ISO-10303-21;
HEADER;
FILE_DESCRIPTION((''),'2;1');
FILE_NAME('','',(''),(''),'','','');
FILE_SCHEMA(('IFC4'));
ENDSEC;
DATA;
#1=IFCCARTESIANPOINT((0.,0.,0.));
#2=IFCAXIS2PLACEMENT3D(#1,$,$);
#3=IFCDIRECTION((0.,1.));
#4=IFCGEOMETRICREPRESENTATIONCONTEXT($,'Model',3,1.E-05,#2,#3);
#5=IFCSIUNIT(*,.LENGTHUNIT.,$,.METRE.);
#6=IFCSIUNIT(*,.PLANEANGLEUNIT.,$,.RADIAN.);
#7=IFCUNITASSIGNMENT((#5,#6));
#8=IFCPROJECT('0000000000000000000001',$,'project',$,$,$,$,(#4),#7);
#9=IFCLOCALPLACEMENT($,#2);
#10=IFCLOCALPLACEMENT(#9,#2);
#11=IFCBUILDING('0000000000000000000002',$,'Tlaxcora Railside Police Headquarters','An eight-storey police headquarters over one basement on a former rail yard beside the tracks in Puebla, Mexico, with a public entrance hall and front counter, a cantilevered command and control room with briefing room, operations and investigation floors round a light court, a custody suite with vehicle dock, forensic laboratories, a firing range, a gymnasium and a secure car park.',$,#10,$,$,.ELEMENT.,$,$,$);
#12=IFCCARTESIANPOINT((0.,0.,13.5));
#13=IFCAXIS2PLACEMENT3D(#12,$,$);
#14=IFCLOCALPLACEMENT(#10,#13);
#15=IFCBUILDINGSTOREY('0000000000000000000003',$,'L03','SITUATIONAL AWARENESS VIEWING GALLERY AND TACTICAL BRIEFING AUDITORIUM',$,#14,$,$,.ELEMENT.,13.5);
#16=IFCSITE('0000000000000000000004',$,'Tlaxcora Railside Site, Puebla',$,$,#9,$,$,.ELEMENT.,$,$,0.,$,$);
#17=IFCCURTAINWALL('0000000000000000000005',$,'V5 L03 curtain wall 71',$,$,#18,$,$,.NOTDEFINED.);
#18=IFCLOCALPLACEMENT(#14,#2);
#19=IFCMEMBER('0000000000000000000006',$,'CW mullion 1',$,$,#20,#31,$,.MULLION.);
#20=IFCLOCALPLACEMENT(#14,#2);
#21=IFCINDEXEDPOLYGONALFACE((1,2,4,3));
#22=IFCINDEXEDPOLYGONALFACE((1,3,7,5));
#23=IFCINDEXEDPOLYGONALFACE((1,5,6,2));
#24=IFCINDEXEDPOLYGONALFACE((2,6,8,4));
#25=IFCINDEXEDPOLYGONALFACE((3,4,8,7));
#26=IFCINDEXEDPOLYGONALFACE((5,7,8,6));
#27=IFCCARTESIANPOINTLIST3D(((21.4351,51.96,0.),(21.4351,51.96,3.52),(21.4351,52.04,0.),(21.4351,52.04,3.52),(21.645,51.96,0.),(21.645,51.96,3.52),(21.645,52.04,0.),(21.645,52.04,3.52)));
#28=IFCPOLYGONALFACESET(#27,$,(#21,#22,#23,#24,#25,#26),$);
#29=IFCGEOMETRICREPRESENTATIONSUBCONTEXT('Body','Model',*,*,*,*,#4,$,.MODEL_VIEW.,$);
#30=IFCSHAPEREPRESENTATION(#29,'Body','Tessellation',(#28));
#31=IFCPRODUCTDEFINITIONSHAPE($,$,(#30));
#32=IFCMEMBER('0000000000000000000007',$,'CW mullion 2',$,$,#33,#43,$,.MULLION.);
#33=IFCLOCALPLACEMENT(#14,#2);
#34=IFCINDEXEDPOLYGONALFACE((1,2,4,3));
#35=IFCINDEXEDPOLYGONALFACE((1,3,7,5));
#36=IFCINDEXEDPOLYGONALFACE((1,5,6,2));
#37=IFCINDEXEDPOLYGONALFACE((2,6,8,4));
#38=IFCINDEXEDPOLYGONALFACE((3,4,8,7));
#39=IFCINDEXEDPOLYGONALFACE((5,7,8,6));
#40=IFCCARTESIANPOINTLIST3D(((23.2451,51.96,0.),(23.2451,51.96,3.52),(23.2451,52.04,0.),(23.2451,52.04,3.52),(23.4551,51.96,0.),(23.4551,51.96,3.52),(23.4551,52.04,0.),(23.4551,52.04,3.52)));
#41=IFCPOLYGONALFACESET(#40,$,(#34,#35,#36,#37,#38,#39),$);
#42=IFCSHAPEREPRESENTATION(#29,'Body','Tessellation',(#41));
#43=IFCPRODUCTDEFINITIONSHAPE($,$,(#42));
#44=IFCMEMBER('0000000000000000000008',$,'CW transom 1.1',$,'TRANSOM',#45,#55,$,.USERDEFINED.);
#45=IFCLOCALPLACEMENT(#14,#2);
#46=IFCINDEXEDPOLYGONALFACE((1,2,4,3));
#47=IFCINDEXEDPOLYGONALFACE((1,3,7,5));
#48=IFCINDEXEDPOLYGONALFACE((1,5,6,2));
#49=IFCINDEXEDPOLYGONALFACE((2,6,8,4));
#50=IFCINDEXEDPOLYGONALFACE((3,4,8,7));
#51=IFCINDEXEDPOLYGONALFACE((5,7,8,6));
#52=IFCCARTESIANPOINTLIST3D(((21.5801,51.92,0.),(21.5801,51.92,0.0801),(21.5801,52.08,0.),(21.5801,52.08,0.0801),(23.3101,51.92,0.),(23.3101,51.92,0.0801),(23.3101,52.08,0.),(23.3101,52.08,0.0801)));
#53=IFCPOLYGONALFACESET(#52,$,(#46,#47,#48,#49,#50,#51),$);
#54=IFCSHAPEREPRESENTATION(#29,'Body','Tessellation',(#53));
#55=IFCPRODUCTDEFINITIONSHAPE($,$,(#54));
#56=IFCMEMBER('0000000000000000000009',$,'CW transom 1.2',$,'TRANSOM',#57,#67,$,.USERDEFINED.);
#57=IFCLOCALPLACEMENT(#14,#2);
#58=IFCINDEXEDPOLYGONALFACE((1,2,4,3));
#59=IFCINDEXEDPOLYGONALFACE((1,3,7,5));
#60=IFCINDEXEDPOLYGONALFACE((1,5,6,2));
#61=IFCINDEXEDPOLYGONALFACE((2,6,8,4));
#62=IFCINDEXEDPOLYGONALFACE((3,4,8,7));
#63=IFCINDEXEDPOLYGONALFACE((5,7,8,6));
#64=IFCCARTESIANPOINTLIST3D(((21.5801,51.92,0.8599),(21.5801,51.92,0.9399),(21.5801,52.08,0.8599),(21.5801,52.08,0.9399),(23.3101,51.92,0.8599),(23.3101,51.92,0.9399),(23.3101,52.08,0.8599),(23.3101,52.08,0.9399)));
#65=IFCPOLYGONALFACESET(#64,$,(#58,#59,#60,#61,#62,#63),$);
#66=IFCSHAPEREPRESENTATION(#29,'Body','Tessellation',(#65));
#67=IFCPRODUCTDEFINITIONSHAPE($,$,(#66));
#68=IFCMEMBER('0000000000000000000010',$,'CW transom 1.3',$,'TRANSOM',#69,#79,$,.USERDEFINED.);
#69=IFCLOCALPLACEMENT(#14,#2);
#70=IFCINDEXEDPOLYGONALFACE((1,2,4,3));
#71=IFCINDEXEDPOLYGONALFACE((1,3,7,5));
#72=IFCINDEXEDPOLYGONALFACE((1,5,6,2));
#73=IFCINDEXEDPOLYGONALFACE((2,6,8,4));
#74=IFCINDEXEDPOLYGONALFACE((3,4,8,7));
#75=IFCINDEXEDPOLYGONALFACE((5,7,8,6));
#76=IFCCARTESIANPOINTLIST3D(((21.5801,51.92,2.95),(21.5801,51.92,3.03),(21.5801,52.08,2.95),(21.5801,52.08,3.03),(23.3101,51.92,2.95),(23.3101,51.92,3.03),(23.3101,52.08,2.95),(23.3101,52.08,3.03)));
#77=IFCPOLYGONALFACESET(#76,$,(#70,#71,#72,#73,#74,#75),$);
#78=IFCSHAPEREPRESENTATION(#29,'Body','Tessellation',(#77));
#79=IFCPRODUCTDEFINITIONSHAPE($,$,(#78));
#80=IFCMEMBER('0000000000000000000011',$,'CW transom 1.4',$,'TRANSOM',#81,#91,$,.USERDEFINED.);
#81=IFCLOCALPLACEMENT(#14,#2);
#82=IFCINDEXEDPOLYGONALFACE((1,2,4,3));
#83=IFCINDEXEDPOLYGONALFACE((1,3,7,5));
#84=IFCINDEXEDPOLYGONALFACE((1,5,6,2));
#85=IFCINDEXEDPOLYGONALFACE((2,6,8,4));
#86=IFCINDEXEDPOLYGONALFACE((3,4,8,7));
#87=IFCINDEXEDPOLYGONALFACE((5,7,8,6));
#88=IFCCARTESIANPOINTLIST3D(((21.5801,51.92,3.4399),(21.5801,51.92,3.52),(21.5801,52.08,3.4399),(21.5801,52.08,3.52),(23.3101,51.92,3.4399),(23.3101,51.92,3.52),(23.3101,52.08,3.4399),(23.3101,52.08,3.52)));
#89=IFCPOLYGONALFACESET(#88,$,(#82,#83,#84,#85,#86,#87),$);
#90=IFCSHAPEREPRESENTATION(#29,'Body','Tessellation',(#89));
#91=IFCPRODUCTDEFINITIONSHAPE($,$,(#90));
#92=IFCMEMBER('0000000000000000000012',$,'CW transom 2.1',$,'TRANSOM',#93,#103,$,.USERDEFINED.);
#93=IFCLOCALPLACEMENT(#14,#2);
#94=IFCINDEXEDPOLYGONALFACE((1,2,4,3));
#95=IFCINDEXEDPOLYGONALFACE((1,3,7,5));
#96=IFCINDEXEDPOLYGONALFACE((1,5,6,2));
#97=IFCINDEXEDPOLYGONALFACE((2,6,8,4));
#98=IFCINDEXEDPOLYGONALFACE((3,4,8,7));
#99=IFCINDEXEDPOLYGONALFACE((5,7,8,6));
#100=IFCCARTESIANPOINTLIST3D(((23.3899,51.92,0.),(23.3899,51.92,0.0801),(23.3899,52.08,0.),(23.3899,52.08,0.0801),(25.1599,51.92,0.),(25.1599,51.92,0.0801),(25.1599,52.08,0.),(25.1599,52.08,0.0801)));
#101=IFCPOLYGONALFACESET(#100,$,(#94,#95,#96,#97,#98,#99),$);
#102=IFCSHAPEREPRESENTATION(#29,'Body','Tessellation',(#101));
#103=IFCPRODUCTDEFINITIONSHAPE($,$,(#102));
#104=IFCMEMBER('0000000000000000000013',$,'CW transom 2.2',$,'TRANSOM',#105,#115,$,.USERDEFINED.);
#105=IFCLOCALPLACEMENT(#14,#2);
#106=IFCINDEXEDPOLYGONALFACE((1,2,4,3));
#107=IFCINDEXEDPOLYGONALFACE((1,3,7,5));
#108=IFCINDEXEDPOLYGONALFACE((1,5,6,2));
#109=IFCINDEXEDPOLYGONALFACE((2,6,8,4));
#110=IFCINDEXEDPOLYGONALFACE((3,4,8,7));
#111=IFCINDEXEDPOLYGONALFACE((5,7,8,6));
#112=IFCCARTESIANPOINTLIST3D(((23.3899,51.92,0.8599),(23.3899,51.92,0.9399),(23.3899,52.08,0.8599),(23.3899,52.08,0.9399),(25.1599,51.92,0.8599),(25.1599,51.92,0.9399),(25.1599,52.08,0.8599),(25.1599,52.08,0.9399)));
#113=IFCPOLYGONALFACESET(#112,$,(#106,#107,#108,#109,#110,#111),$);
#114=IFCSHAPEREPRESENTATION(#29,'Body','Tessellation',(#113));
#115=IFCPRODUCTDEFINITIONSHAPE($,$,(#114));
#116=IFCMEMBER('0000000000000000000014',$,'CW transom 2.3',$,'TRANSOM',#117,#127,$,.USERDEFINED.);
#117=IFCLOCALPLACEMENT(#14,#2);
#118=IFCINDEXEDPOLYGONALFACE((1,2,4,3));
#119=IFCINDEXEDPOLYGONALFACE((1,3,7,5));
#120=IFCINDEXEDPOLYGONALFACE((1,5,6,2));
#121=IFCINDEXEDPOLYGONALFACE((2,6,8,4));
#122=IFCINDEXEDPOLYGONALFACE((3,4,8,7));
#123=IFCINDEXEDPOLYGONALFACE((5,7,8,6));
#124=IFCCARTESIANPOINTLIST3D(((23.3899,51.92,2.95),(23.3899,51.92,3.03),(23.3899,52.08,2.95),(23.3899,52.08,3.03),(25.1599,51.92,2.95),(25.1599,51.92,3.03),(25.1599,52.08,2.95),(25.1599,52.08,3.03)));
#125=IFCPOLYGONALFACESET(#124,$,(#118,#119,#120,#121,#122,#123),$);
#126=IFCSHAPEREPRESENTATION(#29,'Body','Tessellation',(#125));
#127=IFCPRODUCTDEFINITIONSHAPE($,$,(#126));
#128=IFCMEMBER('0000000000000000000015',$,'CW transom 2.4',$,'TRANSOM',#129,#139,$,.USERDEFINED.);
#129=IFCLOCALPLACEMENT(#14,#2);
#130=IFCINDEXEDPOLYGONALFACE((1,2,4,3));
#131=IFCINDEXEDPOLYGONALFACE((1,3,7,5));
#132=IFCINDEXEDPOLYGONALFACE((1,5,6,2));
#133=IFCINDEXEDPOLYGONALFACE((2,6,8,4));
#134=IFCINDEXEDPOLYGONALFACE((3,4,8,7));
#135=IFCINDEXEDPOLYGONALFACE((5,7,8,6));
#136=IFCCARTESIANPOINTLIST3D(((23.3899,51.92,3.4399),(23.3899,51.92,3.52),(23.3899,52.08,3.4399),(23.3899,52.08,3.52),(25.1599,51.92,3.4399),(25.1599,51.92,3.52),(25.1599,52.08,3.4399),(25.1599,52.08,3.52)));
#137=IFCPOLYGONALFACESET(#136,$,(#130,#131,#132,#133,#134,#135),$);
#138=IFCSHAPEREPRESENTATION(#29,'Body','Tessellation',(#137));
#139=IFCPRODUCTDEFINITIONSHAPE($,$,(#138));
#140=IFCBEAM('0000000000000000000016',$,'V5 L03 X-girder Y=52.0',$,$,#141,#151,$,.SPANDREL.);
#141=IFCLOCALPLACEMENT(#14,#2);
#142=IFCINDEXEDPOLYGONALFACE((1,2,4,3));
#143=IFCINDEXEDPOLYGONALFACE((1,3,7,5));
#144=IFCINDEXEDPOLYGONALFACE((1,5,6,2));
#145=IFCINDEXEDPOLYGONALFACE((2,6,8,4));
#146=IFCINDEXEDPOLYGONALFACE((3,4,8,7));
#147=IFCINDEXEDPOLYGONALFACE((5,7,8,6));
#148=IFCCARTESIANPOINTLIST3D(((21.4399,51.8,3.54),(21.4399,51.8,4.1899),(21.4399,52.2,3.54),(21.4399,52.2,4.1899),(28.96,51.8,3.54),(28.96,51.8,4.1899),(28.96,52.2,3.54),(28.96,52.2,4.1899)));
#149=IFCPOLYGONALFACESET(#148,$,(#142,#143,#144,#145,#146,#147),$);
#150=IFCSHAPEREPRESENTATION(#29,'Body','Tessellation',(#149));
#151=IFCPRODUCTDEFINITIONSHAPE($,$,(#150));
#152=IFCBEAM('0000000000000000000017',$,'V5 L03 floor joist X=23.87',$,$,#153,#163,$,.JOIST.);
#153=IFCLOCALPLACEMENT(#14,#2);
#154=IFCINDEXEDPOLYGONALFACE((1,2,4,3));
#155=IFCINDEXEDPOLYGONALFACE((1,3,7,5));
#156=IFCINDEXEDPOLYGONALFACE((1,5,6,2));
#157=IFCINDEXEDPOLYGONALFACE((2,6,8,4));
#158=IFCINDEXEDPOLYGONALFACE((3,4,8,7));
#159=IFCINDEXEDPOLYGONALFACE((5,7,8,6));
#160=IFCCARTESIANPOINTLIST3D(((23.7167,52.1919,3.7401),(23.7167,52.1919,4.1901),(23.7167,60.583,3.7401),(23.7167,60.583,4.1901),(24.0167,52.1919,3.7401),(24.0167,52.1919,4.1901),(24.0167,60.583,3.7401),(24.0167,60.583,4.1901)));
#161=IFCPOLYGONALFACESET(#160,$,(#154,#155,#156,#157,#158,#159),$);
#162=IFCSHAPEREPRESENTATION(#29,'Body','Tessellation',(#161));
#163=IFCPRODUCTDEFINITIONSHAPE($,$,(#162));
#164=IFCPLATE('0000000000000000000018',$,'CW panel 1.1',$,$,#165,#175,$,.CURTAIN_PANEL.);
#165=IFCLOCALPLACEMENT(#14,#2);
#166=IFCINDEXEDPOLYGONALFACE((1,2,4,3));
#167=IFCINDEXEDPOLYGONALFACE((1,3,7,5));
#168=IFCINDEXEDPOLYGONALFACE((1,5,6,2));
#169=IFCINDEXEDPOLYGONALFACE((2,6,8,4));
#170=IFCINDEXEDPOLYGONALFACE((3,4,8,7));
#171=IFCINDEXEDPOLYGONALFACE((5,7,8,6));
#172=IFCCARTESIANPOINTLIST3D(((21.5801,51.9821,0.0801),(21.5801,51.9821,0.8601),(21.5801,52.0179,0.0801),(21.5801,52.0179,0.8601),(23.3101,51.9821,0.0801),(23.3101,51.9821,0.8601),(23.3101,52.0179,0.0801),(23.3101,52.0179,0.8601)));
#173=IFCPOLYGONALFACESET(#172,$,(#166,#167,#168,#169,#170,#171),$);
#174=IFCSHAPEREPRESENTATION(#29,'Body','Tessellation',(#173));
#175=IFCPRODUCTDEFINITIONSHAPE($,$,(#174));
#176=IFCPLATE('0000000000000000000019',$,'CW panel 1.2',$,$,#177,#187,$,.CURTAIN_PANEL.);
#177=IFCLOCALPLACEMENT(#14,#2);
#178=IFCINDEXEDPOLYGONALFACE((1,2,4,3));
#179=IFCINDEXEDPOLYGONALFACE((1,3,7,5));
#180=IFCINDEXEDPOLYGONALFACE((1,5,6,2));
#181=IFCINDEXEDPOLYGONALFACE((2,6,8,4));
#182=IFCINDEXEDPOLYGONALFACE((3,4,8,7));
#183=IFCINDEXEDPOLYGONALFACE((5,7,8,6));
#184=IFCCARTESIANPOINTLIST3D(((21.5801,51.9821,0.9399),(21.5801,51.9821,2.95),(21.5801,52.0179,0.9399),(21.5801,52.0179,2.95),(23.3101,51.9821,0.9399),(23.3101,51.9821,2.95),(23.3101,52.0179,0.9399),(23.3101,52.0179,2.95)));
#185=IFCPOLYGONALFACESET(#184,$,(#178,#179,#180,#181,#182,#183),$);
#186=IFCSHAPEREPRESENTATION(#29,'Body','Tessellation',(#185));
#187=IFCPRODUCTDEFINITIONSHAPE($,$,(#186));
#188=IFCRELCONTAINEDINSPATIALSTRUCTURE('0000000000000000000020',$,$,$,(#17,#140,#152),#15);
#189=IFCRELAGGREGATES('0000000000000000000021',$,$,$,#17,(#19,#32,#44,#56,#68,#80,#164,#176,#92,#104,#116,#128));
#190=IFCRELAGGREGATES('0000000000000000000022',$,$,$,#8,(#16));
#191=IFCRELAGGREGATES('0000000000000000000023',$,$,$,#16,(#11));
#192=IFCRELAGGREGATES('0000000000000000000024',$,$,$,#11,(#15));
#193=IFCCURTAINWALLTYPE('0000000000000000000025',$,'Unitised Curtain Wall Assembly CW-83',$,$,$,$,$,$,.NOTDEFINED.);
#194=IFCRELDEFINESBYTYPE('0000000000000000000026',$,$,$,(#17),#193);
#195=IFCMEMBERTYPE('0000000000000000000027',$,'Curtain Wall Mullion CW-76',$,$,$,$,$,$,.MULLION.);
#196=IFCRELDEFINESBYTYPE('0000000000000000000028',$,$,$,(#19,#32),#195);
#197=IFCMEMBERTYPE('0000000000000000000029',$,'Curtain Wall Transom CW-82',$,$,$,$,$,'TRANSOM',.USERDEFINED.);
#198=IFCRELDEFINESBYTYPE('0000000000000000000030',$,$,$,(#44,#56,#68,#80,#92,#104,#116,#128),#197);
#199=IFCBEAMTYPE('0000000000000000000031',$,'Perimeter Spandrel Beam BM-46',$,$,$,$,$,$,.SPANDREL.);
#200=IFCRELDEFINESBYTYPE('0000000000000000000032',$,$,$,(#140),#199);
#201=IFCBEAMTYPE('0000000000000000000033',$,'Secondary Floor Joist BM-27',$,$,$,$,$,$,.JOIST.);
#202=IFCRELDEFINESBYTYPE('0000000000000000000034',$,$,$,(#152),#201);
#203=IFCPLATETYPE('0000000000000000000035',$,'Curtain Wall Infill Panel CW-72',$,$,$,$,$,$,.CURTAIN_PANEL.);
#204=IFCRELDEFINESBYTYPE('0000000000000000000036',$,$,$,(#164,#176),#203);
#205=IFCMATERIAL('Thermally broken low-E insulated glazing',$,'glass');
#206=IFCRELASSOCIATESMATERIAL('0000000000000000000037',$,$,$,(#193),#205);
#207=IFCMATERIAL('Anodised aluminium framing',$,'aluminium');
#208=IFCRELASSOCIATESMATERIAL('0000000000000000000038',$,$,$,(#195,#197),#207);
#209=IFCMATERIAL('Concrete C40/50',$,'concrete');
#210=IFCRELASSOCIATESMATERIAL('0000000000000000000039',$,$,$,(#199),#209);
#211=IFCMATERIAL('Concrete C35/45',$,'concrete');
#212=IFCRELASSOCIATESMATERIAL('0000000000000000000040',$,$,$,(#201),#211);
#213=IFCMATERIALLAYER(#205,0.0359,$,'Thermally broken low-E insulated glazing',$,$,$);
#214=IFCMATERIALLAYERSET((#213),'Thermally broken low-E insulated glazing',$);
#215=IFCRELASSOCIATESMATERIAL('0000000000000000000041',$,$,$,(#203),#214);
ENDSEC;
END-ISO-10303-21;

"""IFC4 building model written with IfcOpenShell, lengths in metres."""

from ifc_helpers import new_model, si_unit, direction, frame, origin, origin_2d, place, context, subcontext, project, spatial, rectangle, extrude, material, layer, layer_set, material_profile, profile_set, type_object, element, aggregate, save


model = new_model("IFC4")

# Units and contexts
model_context = context("Model", 3, precision=1e-05, world=origin(), true_north=direction((0.0, 1.0)))
body_context = subcontext(model_context, "Body", "Model", "MODEL_VIEW")
ifc_project = project(units=[si_unit("LENGTHUNIT", "METRE"), si_unit("PLANEANGLEUNIT", "RADIAN")], contexts=[model_context])

# Site, building, storey
site_placement = place(None, origin())
site = spatial("IfcSite", under=ifc_project, at=site_placement, Name="Tlaxcora Railside Site, Puebla", CompositionType="ELEMENT", RefElevation=0.0)
building_placement = place(site_placement, origin())
building = spatial("IfcBuilding", under=site, at=building_placement, Name="Tlaxcora Railside Police Headquarters", Description="An eight-storey police headquarters over one basement on a former rail yard beside the tracks in Puebla, Mexico, with a public entrance hall and front counter, a cantilevered command and control room with briefing room, operations and investigation floors round a light court, a custody suite with vehicle dock, forensic laboratories, a firing range, a gymnasium and a secure car park.", CompositionType="ELEMENT")
storey_placement = place(building_placement, frame((0.0, 0.0, 13.5)))
storey = spatial("IfcBuildingStorey", under=building, at=storey_placement, Name="L03", Description="SITUATIONAL AWARENESS VIEWING GALLERY AND TACTICAL BRIEFING AUDITORIUM", CompositionType="ELEMENT", Elevation=13.5)

# Curtain wall, members
ifc_material_1 = material(Name="Thermally broken low-E insulated glazing", Category="glass")
curtain_wall_type = type_object("IfcCurtainWallType", Name="Unitised Curtain Wall Assembly CW-83", PredefinedType="NOTDEFINED", material=ifc_material_1)
curtain_wall_placement = place(storey_placement, origin())
curtain_wall = element("IfcCurtainWall", 1, at=curtain_wall_placement, inside=storey, type_object=curtain_wall_type, Name="V5 L03 curtain wall 71", PredefinedType="NOTDEFINED")
ifc_material_2 = material(Name="Anodised aluminium framing", Category="aluminium")
ifc_material_profile_1 = material_profile(ifc_material_2, rectangle(XDim=0.0801, YDim=0.21, at=origin_2d()), Name="AL80X210")
ifc_profile_set_1 = profile_set([ifc_material_profile_1], Name="Anodised aluminium framing")
member_type_1 = type_object("IfcMemberType", Name="Curtain Wall Mullion CW-76", PredefinedType="MULLION", material=ifc_profile_set_1)
member_1_placement = place(storey_placement, frame((21.54, 52.0, 0.0), z_axis=(0.0, 0.0, 1.0), x_axis=(0.0, 1.0, 0.0)))
member_1 = element("IfcMember", 2, at=member_1_placement, type_object=member_type_1, Name="CW mullion 1", PredefinedType="MULLION", context=body_context, shape_type="SweptSolid", body=[
    extrude(rectangle(XDim=0.0801, YDim=0.21, at=origin_2d()), origin(), (0.0, 0.0, 1.0), 3.52),
])
member_2_placement = place(storey_placement, frame((23.3501, 52.0, 0.0), z_axis=(0.0, 0.0, 1.0), x_axis=(0.0, 1.0, 0.0)))
member_2 = element("IfcMember", 3, at=member_2_placement, type_object=member_type_1, Name="CW mullion 2", PredefinedType="MULLION", context=body_context, shape_type="SweptSolid", body=[
    extrude(rectangle(XDim=0.0801, YDim=0.21, at=origin_2d()), origin(), (0.0, 0.0, 1.0), 3.52),
])
ifc_material_profile_2 = material_profile(ifc_material_2, rectangle(XDim=0.1599, YDim=0.0801, at=origin_2d()), Name="AL80X160")
ifc_profile_set_2 = profile_set([ifc_material_profile_2], Name="Anodised aluminium framing")
member_type_2 = type_object("IfcMemberType", Name="Curtain Wall Transom CW-82", ElementType="TRANSOM", PredefinedType="USERDEFINED", material=ifc_profile_set_2)
member_3_placement = place(storey_placement, frame((21.5801, 52.0, 0.04), z_axis=(1.0, 0.0, 0.0), x_axis=(0.0, 1.0, 0.0)))
member_3 = element("IfcMember", 4, at=member_3_placement, type_object=member_type_2, Name="CW transom 1.1", ObjectType="TRANSOM", PredefinedType="USERDEFINED", context=body_context, shape_type="SweptSolid", body=[
    extrude(rectangle(XDim=0.1599, YDim=0.0801, at=origin_2d()), origin(), (0.0, 0.0, 1.0), 1.73),
])
member_4_placement = place(storey_placement, frame((21.5801, 52.0, 0.8999), z_axis=(1.0, 0.0, 0.0), x_axis=(0.0, 1.0, 0.0)))
member_4 = element("IfcMember", 5, at=member_4_placement, type_object=member_type_2, Name="CW transom 1.2", ObjectType="TRANSOM", PredefinedType="USERDEFINED", context=body_context, shape_type="SweptSolid", body=[
    extrude(rectangle(XDim=0.1599, YDim=0.0801, at=origin_2d()), origin(), (0.0, 0.0, 1.0), 1.73),
])
member_5_placement = place(storey_placement, frame((21.5801, 52.0, 2.99), z_axis=(1.0, 0.0, 0.0), x_axis=(0.0, 1.0, 0.0)))
member_5 = element("IfcMember", 6, at=member_5_placement, type_object=member_type_2, Name="CW transom 1.3", ObjectType="TRANSOM", PredefinedType="USERDEFINED", context=body_context, shape_type="SweptSolid", body=[
    extrude(rectangle(XDim=0.1599, YDim=0.0801, at=origin_2d()), origin(), (0.0, 0.0, 1.0), 1.73),
])
member_6_placement = place(storey_placement, frame((21.5801, 52.0, 3.48), z_axis=(1.0, 0.0, 0.0), x_axis=(0.0, 1.0, 0.0)))
member_6 = element("IfcMember", 7, at=member_6_placement, type_object=member_type_2, Name="CW transom 1.4", ObjectType="TRANSOM", PredefinedType="USERDEFINED", context=body_context, shape_type="SweptSolid", body=[
    extrude(rectangle(XDim=0.1599, YDim=0.0801, at=origin_2d()), origin(), (0.0, 0.0, 1.0), 1.73),
])
member_7_placement = place(storey_placement, frame((23.3899, 52.0, 0.04), z_axis=(1.0, 0.0, 0.0), x_axis=(0.0, 1.0, 0.0)))
member_7 = element("IfcMember", 8, at=member_7_placement, type_object=member_type_2, Name="CW transom 2.1", ObjectType="TRANSOM", PredefinedType="USERDEFINED", context=body_context, shape_type="SweptSolid", body=[
    extrude(rectangle(XDim=0.1599, YDim=0.0801, at=origin_2d()), origin(), (0.0, 0.0, 1.0), 1.77),
])
member_8_placement = place(storey_placement, frame((23.3899, 52.0, 0.8999), z_axis=(1.0, 0.0, 0.0), x_axis=(0.0, 1.0, 0.0)))
member_8 = element("IfcMember", 9, at=member_8_placement, type_object=member_type_2, Name="CW transom 2.2", ObjectType="TRANSOM", PredefinedType="USERDEFINED", context=body_context, shape_type="SweptSolid", body=[
    extrude(rectangle(XDim=0.1599, YDim=0.0801, at=origin_2d()), origin(), (0.0, 0.0, 1.0), 1.77),
])
member_9_placement = place(storey_placement, frame((23.3899, 52.0, 2.99), z_axis=(1.0, 0.0, 0.0), x_axis=(0.0, 1.0, 0.0)))
member_9 = element("IfcMember", 10, at=member_9_placement, type_object=member_type_2, Name="CW transom 2.3", ObjectType="TRANSOM", PredefinedType="USERDEFINED", context=body_context, shape_type="SweptSolid", body=[
    extrude(rectangle(XDim=0.1599, YDim=0.0801, at=origin_2d()), origin(), (0.0, 0.0, 1.0), 1.77),
])
member_10_placement = place(storey_placement, frame((23.3899, 52.0, 3.48), z_axis=(1.0, 0.0, 0.0), x_axis=(0.0, 1.0, 0.0)))
member_10 = element("IfcMember", 11, at=member_10_placement, type_object=member_type_2, Name="CW transom 2.4", ObjectType="TRANSOM", PredefinedType="USERDEFINED", context=body_context, shape_type="SweptSolid", body=[
    extrude(rectangle(XDim=0.1599, YDim=0.0801, at=origin_2d()), origin(), (0.0, 0.0, 1.0), 1.77),
])

# Beams
ifc_material_3 = material(Name="Concrete C40/50", Category="concrete")
ifc_material_profile_3 = material_profile(ifc_material_3, rectangle(XDim=0.3999, YDim=0.6499, at=origin_2d()), Name="RC400X650")
ifc_profile_set_3 = profile_set([ifc_material_profile_3], Name="Concrete C40/50")
beam_type_1 = type_object("IfcBeamType", Name="Perimeter Spandrel Beam BM-46", PredefinedType="SPANDREL", material=ifc_profile_set_3)
beam_1_placement = place(storey_placement, frame((21.4399, 52.0, 3.865), z_axis=(1.0, 0.0, 0.0), x_axis=(0.0, 1.0, 0.0)))
element("IfcBeam", 12, at=beam_1_placement, inside=storey, type_object=beam_type_1, Name="V5 L03 X-girder Y=52.0", PredefinedType="SPANDREL", context=body_context, shape_type="SweptSolid", body=[
    extrude(rectangle(XDim=0.3999, YDim=0.6499, at=origin_2d()), origin(), (0.0, 0.0, 1.0), 7.52),
])
ifc_material_4 = material(Name="Concrete C35/45", Category="concrete")
ifc_material_profile_4 = material_profile(ifc_material_4, rectangle(XDim=0.3, YDim=0.45, at=origin_2d()), Name="RC300X450")
ifc_profile_set_4 = profile_set([ifc_material_profile_4], Name="Concrete C35/45")
beam_type_2 = type_object("IfcBeamType", Name="Secondary Floor Joist BM-27", PredefinedType="JOIST", material=ifc_profile_set_4)
beam_2_placement = place(storey_placement, frame((23.8667, 52.1919, 3.9651), z_axis=(0.0, 1.0, 0.0), x_axis=(-1.0, 0.0, 0.0)))
element("IfcBeam", 13, at=beam_2_placement, inside=storey, type_object=beam_type_2, Name="V5 L03 floor joist X=23.87", PredefinedType="JOIST", context=body_context, shape_type="SweptSolid", body=[
    extrude(rectangle(XDim=0.3, YDim=0.45, at=origin_2d()), origin(), (0.0, 0.0, 1.0), 8.3911),
])

# Plates
ifc_layer_1 = layer(ifc_material_1, 0.0359, Name="Thermally broken low-E insulated glazing")
ifc_layer_set_1 = layer_set([ifc_layer_1], Name="Thermally broken low-E insulated glazing")
plate_type = type_object("IfcPlateType", Name="Curtain Wall Infill Panel CW-72", PredefinedType="CURTAIN_PANEL", material=ifc_layer_set_1)
plate_1_placement = place(storey_placement, frame((22.4451, 52.0, 0.0801), z_axis=(0.0, 0.0, 1.0), x_axis=(1.0, 0.0, 0.0)))
plate_1 = element("IfcPlate", 14, at=plate_1_placement, type_object=plate_type, Name="CW panel 1.1", PredefinedType="CURTAIN_PANEL", context=body_context, shape_type="SweptSolid", body=[
    extrude(rectangle(XDim=1.73, YDim=0.0359, at=origin_2d()), origin(), (0.0, 0.0, 1.0), 0.78),
])
plate_2_placement = place(storey_placement, frame((22.4451, 52.0, 0.9399), z_axis=(0.0, 0.0, 1.0), x_axis=(1.0, 0.0, 0.0)))
plate_2 = element("IfcPlate", 15, at=plate_2_placement, type_object=plate_type, Name="CW panel 1.2", PredefinedType="CURTAIN_PANEL", context=body_context, shape_type="SweptSolid", body=[
    extrude(rectangle(XDim=1.73, YDim=0.0359, at=origin_2d()), origin(), (0.0, 0.0, 1.0), 2.01),
])
aggregate(curtain_wall, [member_1, member_2, member_3, member_4, member_5, member_6, plate_1, plate_2, member_7, member_8, member_9, member_10])

save(model, "model.ifc")
